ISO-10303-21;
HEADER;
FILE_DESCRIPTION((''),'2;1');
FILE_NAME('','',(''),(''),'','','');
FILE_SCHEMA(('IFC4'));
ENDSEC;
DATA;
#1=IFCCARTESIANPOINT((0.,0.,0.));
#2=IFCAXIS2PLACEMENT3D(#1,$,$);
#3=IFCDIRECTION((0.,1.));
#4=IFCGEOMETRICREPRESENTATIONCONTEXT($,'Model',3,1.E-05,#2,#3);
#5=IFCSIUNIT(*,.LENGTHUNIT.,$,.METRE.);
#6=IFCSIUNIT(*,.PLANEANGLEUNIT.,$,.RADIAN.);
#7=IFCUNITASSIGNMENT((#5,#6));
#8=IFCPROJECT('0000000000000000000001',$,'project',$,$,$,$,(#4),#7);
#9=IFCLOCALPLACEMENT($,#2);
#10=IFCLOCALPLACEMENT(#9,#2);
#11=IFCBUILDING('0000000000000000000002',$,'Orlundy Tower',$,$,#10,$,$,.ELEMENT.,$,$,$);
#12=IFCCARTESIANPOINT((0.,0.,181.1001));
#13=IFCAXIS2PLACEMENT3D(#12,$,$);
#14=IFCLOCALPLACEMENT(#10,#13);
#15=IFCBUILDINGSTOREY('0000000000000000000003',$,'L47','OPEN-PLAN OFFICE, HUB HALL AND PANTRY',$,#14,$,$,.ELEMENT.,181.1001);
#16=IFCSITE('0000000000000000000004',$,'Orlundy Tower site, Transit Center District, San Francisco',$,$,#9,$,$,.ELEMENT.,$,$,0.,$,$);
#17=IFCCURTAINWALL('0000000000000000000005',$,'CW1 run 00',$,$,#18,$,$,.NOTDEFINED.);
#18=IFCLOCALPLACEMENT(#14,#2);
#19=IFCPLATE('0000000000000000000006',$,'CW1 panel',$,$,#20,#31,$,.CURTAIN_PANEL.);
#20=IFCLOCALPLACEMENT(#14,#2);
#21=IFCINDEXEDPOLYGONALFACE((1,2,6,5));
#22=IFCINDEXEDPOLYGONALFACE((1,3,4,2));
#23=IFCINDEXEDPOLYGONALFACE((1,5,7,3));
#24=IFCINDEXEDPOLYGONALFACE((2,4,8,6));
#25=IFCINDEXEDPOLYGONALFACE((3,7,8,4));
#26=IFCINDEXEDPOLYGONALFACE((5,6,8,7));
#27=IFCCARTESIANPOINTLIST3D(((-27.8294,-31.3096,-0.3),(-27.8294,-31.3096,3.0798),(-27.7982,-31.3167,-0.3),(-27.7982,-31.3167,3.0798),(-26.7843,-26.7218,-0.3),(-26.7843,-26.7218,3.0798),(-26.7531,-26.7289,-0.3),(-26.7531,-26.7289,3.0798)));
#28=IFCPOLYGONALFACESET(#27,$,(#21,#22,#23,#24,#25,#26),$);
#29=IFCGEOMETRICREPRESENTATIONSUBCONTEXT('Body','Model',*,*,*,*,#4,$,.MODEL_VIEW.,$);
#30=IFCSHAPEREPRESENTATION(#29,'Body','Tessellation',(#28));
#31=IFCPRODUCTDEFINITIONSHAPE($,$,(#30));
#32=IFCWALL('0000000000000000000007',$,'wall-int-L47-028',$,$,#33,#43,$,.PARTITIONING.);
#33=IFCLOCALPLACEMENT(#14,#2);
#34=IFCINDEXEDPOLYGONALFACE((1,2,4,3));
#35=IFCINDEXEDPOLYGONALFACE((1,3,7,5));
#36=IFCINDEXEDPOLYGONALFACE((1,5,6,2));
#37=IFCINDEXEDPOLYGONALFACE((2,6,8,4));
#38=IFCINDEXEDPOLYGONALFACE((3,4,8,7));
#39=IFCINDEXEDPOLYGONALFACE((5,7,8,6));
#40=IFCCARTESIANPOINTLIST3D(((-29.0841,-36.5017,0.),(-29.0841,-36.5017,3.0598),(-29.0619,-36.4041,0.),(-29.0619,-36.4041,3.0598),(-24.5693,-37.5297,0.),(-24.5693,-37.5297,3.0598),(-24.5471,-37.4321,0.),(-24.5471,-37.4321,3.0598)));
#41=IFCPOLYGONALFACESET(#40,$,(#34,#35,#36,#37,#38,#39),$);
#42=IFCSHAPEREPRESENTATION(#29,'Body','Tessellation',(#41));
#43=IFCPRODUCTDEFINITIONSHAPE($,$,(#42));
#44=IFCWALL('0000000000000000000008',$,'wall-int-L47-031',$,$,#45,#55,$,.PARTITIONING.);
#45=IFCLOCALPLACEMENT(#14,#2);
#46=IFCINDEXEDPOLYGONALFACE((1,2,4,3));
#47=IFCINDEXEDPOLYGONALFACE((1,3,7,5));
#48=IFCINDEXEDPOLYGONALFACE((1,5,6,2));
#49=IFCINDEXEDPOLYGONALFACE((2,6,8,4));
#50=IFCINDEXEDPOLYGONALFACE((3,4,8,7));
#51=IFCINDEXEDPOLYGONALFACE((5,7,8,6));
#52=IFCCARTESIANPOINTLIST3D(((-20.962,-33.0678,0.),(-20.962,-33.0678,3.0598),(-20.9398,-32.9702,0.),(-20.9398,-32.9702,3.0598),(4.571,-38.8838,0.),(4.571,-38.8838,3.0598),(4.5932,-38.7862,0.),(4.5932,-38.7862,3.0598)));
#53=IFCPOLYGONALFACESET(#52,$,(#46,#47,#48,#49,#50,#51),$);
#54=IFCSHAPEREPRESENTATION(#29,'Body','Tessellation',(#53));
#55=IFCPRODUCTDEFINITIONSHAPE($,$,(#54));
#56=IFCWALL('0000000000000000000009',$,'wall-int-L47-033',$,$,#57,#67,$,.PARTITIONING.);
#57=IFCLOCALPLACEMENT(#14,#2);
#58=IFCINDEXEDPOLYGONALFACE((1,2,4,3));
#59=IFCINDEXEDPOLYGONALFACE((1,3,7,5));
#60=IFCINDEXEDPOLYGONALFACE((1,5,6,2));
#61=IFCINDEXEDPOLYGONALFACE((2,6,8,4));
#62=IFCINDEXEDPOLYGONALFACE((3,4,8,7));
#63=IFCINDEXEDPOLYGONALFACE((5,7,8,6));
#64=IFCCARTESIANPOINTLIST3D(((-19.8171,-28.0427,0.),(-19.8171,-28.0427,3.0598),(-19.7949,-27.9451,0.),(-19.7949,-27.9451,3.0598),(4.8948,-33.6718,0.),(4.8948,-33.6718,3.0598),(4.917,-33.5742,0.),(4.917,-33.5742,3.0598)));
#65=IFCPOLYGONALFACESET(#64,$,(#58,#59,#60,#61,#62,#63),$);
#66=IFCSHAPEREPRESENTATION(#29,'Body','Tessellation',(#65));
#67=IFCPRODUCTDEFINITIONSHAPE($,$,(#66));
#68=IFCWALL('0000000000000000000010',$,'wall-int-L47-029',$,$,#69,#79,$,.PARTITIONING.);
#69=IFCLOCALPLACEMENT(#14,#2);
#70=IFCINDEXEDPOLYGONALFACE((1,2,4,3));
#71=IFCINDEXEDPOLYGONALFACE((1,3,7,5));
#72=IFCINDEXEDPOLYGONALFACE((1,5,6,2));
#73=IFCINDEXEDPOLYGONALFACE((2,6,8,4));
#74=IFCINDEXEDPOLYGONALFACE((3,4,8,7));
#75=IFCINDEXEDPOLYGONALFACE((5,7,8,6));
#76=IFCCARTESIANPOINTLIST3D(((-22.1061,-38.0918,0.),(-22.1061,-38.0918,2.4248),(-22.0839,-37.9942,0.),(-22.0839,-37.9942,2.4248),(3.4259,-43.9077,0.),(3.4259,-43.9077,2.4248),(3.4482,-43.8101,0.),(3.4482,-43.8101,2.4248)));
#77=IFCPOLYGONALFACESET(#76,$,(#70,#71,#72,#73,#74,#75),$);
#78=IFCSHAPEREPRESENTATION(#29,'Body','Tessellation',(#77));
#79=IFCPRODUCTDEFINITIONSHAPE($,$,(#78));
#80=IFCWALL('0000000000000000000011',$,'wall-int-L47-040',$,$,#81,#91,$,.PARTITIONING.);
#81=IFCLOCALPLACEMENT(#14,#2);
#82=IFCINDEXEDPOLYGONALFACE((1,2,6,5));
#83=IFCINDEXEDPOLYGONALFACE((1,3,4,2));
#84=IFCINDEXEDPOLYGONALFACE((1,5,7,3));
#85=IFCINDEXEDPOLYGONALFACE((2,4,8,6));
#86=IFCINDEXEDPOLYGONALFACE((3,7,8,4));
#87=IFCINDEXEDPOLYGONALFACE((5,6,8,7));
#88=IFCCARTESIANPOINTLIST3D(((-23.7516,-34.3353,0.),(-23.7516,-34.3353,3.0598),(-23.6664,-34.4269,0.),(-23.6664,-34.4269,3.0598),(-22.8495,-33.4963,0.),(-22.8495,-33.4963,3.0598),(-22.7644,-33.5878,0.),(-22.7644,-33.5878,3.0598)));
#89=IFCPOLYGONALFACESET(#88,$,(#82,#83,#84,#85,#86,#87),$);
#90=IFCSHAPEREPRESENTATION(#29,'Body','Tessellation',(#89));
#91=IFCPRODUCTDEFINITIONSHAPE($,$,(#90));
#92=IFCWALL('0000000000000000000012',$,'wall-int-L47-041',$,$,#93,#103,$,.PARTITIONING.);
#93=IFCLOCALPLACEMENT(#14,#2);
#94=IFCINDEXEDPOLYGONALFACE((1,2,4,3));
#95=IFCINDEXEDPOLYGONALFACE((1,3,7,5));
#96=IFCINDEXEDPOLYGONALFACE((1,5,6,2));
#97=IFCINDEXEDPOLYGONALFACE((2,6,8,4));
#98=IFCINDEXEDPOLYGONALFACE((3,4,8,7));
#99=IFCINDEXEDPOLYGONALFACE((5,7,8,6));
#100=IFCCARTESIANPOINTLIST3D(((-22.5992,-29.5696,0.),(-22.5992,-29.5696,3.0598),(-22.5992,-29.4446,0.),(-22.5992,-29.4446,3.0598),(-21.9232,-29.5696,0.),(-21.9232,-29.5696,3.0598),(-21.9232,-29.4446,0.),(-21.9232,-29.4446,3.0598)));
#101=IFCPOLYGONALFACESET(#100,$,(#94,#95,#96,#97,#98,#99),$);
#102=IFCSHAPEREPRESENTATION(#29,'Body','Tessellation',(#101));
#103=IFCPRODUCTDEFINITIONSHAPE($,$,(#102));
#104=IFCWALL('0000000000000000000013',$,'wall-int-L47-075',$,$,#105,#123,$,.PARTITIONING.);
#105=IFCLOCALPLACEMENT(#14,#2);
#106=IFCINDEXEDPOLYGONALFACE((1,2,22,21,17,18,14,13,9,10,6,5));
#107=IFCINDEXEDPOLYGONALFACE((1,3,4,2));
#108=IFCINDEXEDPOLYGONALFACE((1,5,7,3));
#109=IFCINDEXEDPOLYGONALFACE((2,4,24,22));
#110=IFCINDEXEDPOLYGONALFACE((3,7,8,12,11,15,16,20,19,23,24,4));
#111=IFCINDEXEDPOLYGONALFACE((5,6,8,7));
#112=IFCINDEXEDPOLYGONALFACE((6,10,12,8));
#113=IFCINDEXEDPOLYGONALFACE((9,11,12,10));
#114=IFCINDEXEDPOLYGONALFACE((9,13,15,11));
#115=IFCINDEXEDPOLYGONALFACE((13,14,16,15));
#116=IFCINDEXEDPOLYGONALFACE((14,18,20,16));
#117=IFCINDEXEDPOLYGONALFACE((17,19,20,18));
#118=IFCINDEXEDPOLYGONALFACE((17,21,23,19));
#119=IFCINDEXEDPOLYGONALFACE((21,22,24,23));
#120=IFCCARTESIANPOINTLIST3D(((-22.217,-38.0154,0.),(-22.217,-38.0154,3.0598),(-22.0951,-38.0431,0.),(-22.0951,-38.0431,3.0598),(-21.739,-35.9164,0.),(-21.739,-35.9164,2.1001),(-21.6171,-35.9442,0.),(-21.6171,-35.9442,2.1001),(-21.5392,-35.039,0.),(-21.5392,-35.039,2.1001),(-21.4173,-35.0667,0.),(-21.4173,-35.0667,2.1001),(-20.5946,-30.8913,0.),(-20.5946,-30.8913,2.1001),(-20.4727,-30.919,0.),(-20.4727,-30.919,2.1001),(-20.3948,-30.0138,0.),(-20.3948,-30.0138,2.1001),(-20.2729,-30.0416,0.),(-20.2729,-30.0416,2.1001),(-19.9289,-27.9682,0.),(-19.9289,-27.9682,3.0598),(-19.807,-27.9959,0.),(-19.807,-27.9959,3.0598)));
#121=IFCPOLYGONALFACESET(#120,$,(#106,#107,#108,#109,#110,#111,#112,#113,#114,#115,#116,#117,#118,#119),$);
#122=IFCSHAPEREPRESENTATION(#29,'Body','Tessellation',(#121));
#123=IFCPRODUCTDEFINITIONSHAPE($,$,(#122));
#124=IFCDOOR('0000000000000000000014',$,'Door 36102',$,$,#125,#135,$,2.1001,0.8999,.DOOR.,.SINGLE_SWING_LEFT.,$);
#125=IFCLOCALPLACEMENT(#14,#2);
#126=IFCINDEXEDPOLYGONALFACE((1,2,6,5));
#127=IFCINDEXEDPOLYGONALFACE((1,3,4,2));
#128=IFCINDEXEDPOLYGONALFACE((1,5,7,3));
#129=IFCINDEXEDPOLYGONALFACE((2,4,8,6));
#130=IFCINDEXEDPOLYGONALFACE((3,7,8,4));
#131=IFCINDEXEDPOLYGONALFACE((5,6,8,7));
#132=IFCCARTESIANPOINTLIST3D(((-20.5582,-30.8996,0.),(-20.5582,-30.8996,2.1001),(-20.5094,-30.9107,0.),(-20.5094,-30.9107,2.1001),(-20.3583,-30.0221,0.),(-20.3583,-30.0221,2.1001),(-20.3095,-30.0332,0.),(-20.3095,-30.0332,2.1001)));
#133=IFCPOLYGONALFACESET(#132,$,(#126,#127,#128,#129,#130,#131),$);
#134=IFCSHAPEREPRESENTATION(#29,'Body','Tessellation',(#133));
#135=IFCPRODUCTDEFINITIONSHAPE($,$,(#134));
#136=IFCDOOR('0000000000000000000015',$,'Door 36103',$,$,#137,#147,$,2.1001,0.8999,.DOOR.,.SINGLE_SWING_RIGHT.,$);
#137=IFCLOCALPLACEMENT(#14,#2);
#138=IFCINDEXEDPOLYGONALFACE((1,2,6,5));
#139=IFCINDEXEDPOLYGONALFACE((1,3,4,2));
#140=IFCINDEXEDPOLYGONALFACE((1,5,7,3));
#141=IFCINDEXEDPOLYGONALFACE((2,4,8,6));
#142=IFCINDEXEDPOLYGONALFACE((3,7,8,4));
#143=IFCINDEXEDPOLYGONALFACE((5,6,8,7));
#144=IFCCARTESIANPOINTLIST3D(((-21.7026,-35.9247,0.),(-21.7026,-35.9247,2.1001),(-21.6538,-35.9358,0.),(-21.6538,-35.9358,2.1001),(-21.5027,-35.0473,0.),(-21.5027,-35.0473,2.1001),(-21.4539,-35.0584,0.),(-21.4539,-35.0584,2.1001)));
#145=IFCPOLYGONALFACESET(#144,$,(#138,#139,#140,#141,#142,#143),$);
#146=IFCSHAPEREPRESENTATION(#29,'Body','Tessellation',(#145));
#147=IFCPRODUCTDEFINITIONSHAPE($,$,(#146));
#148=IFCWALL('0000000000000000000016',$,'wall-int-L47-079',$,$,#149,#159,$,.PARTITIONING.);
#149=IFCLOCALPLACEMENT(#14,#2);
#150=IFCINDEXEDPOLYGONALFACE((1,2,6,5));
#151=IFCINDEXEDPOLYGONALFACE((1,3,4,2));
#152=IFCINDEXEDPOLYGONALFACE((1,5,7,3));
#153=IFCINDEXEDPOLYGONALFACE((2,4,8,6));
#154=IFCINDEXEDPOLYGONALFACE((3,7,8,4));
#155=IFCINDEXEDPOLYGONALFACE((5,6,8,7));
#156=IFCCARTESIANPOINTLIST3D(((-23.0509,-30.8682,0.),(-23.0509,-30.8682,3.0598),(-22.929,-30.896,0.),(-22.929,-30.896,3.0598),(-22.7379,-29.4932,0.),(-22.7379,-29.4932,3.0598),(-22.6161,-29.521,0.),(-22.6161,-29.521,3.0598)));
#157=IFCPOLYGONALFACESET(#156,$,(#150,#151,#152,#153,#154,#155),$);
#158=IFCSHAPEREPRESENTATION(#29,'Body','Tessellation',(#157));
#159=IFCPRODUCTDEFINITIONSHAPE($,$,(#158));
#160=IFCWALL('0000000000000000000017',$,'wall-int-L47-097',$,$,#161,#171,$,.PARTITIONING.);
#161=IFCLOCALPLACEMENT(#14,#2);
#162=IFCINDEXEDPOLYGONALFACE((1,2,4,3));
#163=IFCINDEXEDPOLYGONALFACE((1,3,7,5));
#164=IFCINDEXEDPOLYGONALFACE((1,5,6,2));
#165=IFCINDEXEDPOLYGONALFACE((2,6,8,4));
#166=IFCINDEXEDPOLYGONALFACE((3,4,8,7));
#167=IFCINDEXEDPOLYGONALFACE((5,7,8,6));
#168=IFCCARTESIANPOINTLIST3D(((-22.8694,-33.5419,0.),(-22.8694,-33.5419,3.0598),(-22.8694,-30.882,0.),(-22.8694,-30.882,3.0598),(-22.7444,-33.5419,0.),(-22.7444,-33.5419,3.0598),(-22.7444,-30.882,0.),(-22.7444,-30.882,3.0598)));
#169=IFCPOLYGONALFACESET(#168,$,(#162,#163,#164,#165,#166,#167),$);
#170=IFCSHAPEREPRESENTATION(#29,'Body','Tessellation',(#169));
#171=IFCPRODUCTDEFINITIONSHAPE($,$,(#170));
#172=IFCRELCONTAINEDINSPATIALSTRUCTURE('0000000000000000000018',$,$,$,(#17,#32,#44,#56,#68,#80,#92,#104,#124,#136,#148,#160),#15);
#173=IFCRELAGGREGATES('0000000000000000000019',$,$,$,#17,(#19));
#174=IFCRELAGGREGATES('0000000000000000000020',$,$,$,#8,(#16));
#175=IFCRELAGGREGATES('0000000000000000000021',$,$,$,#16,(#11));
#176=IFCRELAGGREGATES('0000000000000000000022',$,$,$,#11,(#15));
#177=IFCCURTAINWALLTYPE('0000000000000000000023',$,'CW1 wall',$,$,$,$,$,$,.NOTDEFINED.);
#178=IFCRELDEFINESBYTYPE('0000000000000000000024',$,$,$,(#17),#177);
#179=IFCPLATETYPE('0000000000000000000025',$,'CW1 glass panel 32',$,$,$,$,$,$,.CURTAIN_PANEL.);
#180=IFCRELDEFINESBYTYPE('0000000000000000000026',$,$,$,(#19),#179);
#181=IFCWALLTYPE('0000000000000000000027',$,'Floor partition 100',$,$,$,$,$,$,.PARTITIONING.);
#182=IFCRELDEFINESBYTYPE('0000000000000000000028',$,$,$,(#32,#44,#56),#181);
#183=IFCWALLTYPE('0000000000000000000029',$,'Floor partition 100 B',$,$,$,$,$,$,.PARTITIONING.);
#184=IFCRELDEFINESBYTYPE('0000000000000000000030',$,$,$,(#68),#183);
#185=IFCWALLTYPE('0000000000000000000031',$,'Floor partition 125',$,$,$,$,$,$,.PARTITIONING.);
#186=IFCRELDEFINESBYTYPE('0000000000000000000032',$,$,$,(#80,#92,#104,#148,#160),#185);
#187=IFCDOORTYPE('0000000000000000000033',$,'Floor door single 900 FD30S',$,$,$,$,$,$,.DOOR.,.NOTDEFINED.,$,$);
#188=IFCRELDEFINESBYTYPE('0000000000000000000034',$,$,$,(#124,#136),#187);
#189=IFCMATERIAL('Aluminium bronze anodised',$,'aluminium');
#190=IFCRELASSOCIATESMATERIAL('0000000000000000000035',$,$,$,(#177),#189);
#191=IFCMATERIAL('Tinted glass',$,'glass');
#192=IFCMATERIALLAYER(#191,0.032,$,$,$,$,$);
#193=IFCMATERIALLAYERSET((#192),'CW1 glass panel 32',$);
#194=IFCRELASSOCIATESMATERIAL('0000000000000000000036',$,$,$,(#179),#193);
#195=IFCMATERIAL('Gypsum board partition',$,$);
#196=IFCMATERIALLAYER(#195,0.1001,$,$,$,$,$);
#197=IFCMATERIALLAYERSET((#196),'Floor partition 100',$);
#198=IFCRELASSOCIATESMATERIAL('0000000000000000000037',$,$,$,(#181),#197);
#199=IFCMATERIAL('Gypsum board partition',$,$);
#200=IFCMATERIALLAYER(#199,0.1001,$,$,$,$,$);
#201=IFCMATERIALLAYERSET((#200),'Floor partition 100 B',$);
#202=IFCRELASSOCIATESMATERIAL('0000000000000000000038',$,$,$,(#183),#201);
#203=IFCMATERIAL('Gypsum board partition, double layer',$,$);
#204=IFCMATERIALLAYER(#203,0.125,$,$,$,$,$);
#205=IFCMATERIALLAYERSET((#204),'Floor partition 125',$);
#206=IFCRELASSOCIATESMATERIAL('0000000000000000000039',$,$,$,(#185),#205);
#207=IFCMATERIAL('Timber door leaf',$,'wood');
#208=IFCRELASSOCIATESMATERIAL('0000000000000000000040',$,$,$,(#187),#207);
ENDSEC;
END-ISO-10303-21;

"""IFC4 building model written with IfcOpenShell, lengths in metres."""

from ifc_helpers import new_model, si_unit, direction, frame, frame_2d, origin, origin_2d, place, context, subcontext, project, spatial, rectangle, extrude, material, layer, layer_set, type_object, element, fill, aggregate, save


model = new_model("IFC4")

# Units and contexts
model_context = context("Model", 3, precision=1e-05, world=origin(), true_north=direction((0.0, 1.0)))
body_context = subcontext(model_context, "Body", "Model", "MODEL_VIEW")
ifc_project = project(units=[si_unit("LENGTHUNIT", "METRE"), si_unit("PLANEANGLEUNIT", "RADIAN")], contexts=[model_context])

# Site, building, storey
site_placement = place(None, origin())
site = spatial("IfcSite", under=ifc_project, at=site_placement, Name="Orlundy Tower site, Transit Center District, San Francisco", CompositionType="ELEMENT", RefElevation=0.0)
building_placement = place(site_placement, origin())
building = spatial("IfcBuilding", under=site, at=building_placement, Name="Orlundy Tower", CompositionType="ELEMENT")
storey_placement = place(building_placement, frame((0.0, 0.0, 181.1001)))
storey = spatial("IfcBuildingStorey", under=building, at=storey_placement, Name="L47", Description="OPEN-PLAN OFFICE, HUB HALL AND PANTRY", CompositionType="ELEMENT", Elevation=181.1001)

# Curtain wall, plate
ifc_material_1 = material(Name="Aluminium bronze anodised", Category="aluminium")
curtain_wall_type = type_object("IfcCurtainWallType", Name="CW1 wall", PredefinedType="NOTDEFINED", material=ifc_material_1)
curtain_wall_placement = place(storey_placement, origin())
curtain_wall = element("IfcCurtainWall", 1, at=curtain_wall_placement, inside=storey, type_object=curtain_wall_type, Name="CW1 run 00", PredefinedType="NOTDEFINED")
ifc_material_2 = material(Name="Tinted glass", Category="glass")
ifc_layer_1 = layer(ifc_material_2, 0.032)
ifc_layer_set_1 = layer_set([ifc_layer_1], Name="CW1 glass panel 32")
plate_type = type_object("IfcPlateType", Name="CW1 glass panel 32", PredefinedType="CURTAIN_PANEL", material=ifc_layer_set_1)
plate_1_placement = place(storey_placement, frame((-27.2913, -29.0193, -0.3), z_axis=(0.0, 0.0, 1.0), x_axis=(0.222097, 0.975025, 0.0)))
plate_1 = element("IfcPlate", 2, at=plate_1_placement, type_object=plate_type, Name="CW1 panel", PredefinedType="CURTAIN_PANEL", context=body_context, shape_type="SweptSolid", body=[
    extrude(rectangle(XDim=4.7053, YDim=0.032, at=origin_2d()), origin(), (0.0, 0.0, 1.0), 3.3799),
])
aggregate(curtain_wall, [plate_1])

# Walls
ifc_material_3 = material(Name="Gypsum board partition")
ifc_layer_2 = layer(ifc_material_3, 0.1001)
ifc_layer_set_2 = layer_set([ifc_layer_2], Name="Floor partition 100")
wall_type_1 = type_object("IfcWallType", Name="Floor partition 100", PredefinedType="PARTITIONING", material=ifc_layer_set_2)
wall_1_placement = place(storey_placement, frame((-29.073, -36.4529, 0.0), z_axis=(0.0, 0.0, 1.0), x_axis=(0.975041, -0.222024, 0.0)))
element("IfcWall", 3, at=wall_1_placement, inside=storey, type_object=wall_type_1, Name="wall-int-L47-028", PredefinedType="PARTITIONING", context=body_context, shape_type="SweptSolid", body=[
    extrude(rectangle(XDim=4.6304, YDim=0.1001, at=frame_2d((2.3152, 0.0))), origin(), (0.0, 0.0, 1.0), 3.0598),
])
wall_2_placement = place(storey_placement, frame((-20.9509, -33.019, 0.0), z_axis=(0.0, 0.0, 1.0), x_axis=(0.975026, -0.222092, 0.0)))
element("IfcWall", 4, at=wall_2_placement, inside=storey, type_object=wall_type_1, Name="wall-int-L47-031", PredefinedType="PARTITIONING", context=body_context, shape_type="SweptSolid", body=[
    extrude(rectangle(XDim=26.187, YDim=0.1001, at=frame_2d((13.0935, 0.0))), origin(), (0.0, 0.0, 1.0), 3.0598),
])
wall_3_placement = place(storey_placement, frame((-19.8059, -27.9939, 0.0), z_axis=(0.0, 0.0, 1.0), x_axis=(0.975024, -0.222102, 0.0)))
element("IfcWall", 5, at=wall_3_placement, inside=storey, type_object=wall_type_1, Name="wall-int-L47-033", PredefinedType="PARTITIONING", context=body_context, shape_type="SweptSolid", body=[
    extrude(rectangle(XDim=25.345, YDim=0.1001, at=frame_2d((12.6724, 0.0))), origin(), (0.0, 0.0, 1.0), 3.0598),
])
ifc_material_4 = material(Name="Gypsum board partition")
ifc_layer_3 = layer(ifc_material_4, 0.1001)
ifc_layer_set_3 = layer_set([ifc_layer_3], Name="Floor partition 100 B")
wall_type_2 = type_object("IfcWallType", Name="Floor partition 100 B", PredefinedType="PARTITIONING", material=ifc_layer_set_3)
wall_4_placement = place(storey_placement, frame((-22.095, -38.043, 0.0), z_axis=(0.0, 0.0, 1.0), x_axis=(0.975024, -0.2221, 0.0)))
element("IfcWall", 6, at=wall_4_placement, inside=storey, type_object=wall_type_2, Name="wall-int-L47-029", PredefinedType="PARTITIONING", context=body_context, shape_type="SweptSolid", body=[
    extrude(rectangle(XDim=26.186, YDim=0.1001, at=frame_2d((13.093, 0.0))), origin(), (0.0, 0.0, 1.0), 2.4248),
])
ifc_material_5 = material(Name="Gypsum board partition, double layer")
ifc_layer_4 = layer(ifc_material_5, 0.125)
ifc_layer_set_4 = layer_set([ifc_layer_4], Name="Floor partition 125")
wall_type_3 = type_object("IfcWallType", Name="Floor partition 125", PredefinedType="PARTITIONING", material=ifc_layer_set_4)
wall_5_placement = place(storey_placement, frame((-23.709, -34.3811, 0.0), z_axis=(0.0, 0.0, 1.0), x_axis=(0.732207, 0.681082, 0.0)))
element("IfcWall", 7, at=wall_5_placement, inside=storey, type_object=wall_type_3, Name="wall-int-L47-040", PredefinedType="PARTITIONING", context=body_context, shape_type="SweptSolid", body=[
    extrude(rectangle(XDim=1.2319, YDim=0.125, at=frame_2d((0.616, 0.0))), origin(), (0.0, 0.0, 1.0), 3.0598),
])
wall_6_placement = place(storey_placement, frame((-22.5991, -29.5071, 0.0), z_axis=(0.0, 0.0, 1.0), x_axis=(1.0, 0.0, 0.0)))
element("IfcWall", 8, at=wall_6_placement, inside=storey, type_object=wall_type_3, Name="wall-int-L47-041", PredefinedType="PARTITIONING", context=body_context, shape_type="SweptSolid", body=[
    extrude(rectangle(XDim=0.676, YDim=0.125, at=frame_2d((0.3379, 0.0))), origin(), (0.0, 0.0, 1.0), 3.0598),
])

# Wall, openings, doors
wall_7_placement = place(storey_placement, frame((-19.8679, -27.9819, 0.0), z_axis=(0.0, 0.0, 1.0), x_axis=(-0.22205, -0.975035, 0.0)))
wall_7 = element("IfcWall", 9, at=wall_7_placement, inside=storey, type_object=wall_type_3, Name="wall-int-L47-075", PredefinedType="PARTITIONING", context=body_context, shape_type="SweptSolid", body=[
    extrude(rectangle(XDim=10.3044, YDim=0.125, at=frame_2d((5.1523, 0.0))), origin(), (0.0, 0.0, 1.0), 3.0598),
])
opening_1_placement = place(wall_7_placement, frame((2.0981, 0.0, 0.0)))
opening_1 = element("IfcOpeningElement", 10, at=opening_1_placement, cuts=wall_7, PredefinedType="OPENING", context=body_context, shape_type="SweptSolid", body=[
    extrude(rectangle(XDim=0.8999, YDim=2.1001, at=frame_2d((0.45, 1.05))), frame((0.0, 0.0725, 0.0), z_axis=(0.0, -1.0, 0.0), x_axis=(1.0, 0.0, 0.0)), (0.0, 0.0, 1.0), 0.145),
])
opening_2_placement = place(wall_7_placement, frame((7.252, 0.0, 0.0)))
opening_2 = element("IfcOpeningElement", 11, at=opening_2_placement, cuts=wall_7, PredefinedType="OPENING", context=body_context, shape_type="SweptSolid", body=[
    extrude(rectangle(XDim=0.8999, YDim=2.1001, at=frame_2d((0.45, 1.05))), frame((0.0, 0.0725, 0.0), z_axis=(0.0, -1.0, 0.0), x_axis=(1.0, 0.0, 0.0)), (0.0, 0.0, 1.0), 0.145),
])
ifc_material_6 = material(Name="Timber door leaf", Category="wood")
door_type = type_object("IfcDoorType", Name="Floor door single 900 FD30S", OperationType="NOTDEFINED", PredefinedType="DOOR", material=ifc_material_6)
door_1_placement = place(opening_1_placement, origin())
door_1 = element("IfcDoor", 12, at=door_1_placement, inside=storey, type_object=door_type, Name="Door 36102", OperationType="SINGLE_SWING_LEFT", OverallHeight=2.1001, OverallWidth=0.8999, PredefinedType="DOOR", context=body_context, shape_type="SweptSolid", body=[
    extrude(rectangle(XDim=0.8999, YDim=2.1001, at=frame_2d((0.45, 1.05))), frame((0.0, 0.0249, 0.0), z_axis=(0.0, -1.0, 0.0), x_axis=(1.0, 0.0, 0.0)), (0.0, 0.0, 1.0), 0.05),
])
fill(opening_1, door_1)
door_2_placement = place(opening_2_placement, origin())
door_2 = element("IfcDoor", 13, at=door_2_placement, inside=storey, type_object=door_type, Name="Door 36103", OperationType="SINGLE_SWING_RIGHT", OverallHeight=2.1001, OverallWidth=0.8999, PredefinedType="DOOR", context=body_context, shape_type="SweptSolid", body=[
    extrude(rectangle(XDim=0.8999, YDim=2.1001, at=frame_2d((0.45, 1.05))), frame((0.0, 0.0249, 0.0), z_axis=(0.0, -1.0, 0.0), x_axis=(1.0, 0.0, 0.0)), (0.0, 0.0, 1.0), 0.05),
])
fill(opening_2, door_2)

# Walls
wall_8_placement = place(storey_placement, frame((-22.99, -30.8821, 0.0), z_axis=(0.0, 0.0, 1.0), x_axis=(0.22195, 0.975058, 0.0)))
element("IfcWall", 14, at=wall_8_placement, inside=storey, type_object=wall_type_3, Name="wall-int-L47-079", PredefinedType="PARTITIONING", context=body_context, shape_type="SweptSolid", body=[
    extrude(rectangle(XDim=1.4102, YDim=0.125, at=frame_2d((0.7051, 0.0))), origin(), (0.0, 0.0, 1.0), 3.0598),
])
wall_9_placement = place(storey_placement, frame((-22.8069, -33.542, 0.0), z_axis=(0.0, 0.0, 1.0), x_axis=(0.0, 1.0, 0.0)))
element("IfcWall", 15, at=wall_9_placement, inside=storey, type_object=wall_type_3, Name="wall-int-L47-097", PredefinedType="PARTITIONING", context=body_context, shape_type="SweptSolid", body=[
    extrude(rectangle(XDim=2.6599, YDim=0.125, at=frame_2d((1.3301, 0.0))), origin(), (0.0, 0.0, 1.0), 3.0598),
])

save(model, "model.ifc")
